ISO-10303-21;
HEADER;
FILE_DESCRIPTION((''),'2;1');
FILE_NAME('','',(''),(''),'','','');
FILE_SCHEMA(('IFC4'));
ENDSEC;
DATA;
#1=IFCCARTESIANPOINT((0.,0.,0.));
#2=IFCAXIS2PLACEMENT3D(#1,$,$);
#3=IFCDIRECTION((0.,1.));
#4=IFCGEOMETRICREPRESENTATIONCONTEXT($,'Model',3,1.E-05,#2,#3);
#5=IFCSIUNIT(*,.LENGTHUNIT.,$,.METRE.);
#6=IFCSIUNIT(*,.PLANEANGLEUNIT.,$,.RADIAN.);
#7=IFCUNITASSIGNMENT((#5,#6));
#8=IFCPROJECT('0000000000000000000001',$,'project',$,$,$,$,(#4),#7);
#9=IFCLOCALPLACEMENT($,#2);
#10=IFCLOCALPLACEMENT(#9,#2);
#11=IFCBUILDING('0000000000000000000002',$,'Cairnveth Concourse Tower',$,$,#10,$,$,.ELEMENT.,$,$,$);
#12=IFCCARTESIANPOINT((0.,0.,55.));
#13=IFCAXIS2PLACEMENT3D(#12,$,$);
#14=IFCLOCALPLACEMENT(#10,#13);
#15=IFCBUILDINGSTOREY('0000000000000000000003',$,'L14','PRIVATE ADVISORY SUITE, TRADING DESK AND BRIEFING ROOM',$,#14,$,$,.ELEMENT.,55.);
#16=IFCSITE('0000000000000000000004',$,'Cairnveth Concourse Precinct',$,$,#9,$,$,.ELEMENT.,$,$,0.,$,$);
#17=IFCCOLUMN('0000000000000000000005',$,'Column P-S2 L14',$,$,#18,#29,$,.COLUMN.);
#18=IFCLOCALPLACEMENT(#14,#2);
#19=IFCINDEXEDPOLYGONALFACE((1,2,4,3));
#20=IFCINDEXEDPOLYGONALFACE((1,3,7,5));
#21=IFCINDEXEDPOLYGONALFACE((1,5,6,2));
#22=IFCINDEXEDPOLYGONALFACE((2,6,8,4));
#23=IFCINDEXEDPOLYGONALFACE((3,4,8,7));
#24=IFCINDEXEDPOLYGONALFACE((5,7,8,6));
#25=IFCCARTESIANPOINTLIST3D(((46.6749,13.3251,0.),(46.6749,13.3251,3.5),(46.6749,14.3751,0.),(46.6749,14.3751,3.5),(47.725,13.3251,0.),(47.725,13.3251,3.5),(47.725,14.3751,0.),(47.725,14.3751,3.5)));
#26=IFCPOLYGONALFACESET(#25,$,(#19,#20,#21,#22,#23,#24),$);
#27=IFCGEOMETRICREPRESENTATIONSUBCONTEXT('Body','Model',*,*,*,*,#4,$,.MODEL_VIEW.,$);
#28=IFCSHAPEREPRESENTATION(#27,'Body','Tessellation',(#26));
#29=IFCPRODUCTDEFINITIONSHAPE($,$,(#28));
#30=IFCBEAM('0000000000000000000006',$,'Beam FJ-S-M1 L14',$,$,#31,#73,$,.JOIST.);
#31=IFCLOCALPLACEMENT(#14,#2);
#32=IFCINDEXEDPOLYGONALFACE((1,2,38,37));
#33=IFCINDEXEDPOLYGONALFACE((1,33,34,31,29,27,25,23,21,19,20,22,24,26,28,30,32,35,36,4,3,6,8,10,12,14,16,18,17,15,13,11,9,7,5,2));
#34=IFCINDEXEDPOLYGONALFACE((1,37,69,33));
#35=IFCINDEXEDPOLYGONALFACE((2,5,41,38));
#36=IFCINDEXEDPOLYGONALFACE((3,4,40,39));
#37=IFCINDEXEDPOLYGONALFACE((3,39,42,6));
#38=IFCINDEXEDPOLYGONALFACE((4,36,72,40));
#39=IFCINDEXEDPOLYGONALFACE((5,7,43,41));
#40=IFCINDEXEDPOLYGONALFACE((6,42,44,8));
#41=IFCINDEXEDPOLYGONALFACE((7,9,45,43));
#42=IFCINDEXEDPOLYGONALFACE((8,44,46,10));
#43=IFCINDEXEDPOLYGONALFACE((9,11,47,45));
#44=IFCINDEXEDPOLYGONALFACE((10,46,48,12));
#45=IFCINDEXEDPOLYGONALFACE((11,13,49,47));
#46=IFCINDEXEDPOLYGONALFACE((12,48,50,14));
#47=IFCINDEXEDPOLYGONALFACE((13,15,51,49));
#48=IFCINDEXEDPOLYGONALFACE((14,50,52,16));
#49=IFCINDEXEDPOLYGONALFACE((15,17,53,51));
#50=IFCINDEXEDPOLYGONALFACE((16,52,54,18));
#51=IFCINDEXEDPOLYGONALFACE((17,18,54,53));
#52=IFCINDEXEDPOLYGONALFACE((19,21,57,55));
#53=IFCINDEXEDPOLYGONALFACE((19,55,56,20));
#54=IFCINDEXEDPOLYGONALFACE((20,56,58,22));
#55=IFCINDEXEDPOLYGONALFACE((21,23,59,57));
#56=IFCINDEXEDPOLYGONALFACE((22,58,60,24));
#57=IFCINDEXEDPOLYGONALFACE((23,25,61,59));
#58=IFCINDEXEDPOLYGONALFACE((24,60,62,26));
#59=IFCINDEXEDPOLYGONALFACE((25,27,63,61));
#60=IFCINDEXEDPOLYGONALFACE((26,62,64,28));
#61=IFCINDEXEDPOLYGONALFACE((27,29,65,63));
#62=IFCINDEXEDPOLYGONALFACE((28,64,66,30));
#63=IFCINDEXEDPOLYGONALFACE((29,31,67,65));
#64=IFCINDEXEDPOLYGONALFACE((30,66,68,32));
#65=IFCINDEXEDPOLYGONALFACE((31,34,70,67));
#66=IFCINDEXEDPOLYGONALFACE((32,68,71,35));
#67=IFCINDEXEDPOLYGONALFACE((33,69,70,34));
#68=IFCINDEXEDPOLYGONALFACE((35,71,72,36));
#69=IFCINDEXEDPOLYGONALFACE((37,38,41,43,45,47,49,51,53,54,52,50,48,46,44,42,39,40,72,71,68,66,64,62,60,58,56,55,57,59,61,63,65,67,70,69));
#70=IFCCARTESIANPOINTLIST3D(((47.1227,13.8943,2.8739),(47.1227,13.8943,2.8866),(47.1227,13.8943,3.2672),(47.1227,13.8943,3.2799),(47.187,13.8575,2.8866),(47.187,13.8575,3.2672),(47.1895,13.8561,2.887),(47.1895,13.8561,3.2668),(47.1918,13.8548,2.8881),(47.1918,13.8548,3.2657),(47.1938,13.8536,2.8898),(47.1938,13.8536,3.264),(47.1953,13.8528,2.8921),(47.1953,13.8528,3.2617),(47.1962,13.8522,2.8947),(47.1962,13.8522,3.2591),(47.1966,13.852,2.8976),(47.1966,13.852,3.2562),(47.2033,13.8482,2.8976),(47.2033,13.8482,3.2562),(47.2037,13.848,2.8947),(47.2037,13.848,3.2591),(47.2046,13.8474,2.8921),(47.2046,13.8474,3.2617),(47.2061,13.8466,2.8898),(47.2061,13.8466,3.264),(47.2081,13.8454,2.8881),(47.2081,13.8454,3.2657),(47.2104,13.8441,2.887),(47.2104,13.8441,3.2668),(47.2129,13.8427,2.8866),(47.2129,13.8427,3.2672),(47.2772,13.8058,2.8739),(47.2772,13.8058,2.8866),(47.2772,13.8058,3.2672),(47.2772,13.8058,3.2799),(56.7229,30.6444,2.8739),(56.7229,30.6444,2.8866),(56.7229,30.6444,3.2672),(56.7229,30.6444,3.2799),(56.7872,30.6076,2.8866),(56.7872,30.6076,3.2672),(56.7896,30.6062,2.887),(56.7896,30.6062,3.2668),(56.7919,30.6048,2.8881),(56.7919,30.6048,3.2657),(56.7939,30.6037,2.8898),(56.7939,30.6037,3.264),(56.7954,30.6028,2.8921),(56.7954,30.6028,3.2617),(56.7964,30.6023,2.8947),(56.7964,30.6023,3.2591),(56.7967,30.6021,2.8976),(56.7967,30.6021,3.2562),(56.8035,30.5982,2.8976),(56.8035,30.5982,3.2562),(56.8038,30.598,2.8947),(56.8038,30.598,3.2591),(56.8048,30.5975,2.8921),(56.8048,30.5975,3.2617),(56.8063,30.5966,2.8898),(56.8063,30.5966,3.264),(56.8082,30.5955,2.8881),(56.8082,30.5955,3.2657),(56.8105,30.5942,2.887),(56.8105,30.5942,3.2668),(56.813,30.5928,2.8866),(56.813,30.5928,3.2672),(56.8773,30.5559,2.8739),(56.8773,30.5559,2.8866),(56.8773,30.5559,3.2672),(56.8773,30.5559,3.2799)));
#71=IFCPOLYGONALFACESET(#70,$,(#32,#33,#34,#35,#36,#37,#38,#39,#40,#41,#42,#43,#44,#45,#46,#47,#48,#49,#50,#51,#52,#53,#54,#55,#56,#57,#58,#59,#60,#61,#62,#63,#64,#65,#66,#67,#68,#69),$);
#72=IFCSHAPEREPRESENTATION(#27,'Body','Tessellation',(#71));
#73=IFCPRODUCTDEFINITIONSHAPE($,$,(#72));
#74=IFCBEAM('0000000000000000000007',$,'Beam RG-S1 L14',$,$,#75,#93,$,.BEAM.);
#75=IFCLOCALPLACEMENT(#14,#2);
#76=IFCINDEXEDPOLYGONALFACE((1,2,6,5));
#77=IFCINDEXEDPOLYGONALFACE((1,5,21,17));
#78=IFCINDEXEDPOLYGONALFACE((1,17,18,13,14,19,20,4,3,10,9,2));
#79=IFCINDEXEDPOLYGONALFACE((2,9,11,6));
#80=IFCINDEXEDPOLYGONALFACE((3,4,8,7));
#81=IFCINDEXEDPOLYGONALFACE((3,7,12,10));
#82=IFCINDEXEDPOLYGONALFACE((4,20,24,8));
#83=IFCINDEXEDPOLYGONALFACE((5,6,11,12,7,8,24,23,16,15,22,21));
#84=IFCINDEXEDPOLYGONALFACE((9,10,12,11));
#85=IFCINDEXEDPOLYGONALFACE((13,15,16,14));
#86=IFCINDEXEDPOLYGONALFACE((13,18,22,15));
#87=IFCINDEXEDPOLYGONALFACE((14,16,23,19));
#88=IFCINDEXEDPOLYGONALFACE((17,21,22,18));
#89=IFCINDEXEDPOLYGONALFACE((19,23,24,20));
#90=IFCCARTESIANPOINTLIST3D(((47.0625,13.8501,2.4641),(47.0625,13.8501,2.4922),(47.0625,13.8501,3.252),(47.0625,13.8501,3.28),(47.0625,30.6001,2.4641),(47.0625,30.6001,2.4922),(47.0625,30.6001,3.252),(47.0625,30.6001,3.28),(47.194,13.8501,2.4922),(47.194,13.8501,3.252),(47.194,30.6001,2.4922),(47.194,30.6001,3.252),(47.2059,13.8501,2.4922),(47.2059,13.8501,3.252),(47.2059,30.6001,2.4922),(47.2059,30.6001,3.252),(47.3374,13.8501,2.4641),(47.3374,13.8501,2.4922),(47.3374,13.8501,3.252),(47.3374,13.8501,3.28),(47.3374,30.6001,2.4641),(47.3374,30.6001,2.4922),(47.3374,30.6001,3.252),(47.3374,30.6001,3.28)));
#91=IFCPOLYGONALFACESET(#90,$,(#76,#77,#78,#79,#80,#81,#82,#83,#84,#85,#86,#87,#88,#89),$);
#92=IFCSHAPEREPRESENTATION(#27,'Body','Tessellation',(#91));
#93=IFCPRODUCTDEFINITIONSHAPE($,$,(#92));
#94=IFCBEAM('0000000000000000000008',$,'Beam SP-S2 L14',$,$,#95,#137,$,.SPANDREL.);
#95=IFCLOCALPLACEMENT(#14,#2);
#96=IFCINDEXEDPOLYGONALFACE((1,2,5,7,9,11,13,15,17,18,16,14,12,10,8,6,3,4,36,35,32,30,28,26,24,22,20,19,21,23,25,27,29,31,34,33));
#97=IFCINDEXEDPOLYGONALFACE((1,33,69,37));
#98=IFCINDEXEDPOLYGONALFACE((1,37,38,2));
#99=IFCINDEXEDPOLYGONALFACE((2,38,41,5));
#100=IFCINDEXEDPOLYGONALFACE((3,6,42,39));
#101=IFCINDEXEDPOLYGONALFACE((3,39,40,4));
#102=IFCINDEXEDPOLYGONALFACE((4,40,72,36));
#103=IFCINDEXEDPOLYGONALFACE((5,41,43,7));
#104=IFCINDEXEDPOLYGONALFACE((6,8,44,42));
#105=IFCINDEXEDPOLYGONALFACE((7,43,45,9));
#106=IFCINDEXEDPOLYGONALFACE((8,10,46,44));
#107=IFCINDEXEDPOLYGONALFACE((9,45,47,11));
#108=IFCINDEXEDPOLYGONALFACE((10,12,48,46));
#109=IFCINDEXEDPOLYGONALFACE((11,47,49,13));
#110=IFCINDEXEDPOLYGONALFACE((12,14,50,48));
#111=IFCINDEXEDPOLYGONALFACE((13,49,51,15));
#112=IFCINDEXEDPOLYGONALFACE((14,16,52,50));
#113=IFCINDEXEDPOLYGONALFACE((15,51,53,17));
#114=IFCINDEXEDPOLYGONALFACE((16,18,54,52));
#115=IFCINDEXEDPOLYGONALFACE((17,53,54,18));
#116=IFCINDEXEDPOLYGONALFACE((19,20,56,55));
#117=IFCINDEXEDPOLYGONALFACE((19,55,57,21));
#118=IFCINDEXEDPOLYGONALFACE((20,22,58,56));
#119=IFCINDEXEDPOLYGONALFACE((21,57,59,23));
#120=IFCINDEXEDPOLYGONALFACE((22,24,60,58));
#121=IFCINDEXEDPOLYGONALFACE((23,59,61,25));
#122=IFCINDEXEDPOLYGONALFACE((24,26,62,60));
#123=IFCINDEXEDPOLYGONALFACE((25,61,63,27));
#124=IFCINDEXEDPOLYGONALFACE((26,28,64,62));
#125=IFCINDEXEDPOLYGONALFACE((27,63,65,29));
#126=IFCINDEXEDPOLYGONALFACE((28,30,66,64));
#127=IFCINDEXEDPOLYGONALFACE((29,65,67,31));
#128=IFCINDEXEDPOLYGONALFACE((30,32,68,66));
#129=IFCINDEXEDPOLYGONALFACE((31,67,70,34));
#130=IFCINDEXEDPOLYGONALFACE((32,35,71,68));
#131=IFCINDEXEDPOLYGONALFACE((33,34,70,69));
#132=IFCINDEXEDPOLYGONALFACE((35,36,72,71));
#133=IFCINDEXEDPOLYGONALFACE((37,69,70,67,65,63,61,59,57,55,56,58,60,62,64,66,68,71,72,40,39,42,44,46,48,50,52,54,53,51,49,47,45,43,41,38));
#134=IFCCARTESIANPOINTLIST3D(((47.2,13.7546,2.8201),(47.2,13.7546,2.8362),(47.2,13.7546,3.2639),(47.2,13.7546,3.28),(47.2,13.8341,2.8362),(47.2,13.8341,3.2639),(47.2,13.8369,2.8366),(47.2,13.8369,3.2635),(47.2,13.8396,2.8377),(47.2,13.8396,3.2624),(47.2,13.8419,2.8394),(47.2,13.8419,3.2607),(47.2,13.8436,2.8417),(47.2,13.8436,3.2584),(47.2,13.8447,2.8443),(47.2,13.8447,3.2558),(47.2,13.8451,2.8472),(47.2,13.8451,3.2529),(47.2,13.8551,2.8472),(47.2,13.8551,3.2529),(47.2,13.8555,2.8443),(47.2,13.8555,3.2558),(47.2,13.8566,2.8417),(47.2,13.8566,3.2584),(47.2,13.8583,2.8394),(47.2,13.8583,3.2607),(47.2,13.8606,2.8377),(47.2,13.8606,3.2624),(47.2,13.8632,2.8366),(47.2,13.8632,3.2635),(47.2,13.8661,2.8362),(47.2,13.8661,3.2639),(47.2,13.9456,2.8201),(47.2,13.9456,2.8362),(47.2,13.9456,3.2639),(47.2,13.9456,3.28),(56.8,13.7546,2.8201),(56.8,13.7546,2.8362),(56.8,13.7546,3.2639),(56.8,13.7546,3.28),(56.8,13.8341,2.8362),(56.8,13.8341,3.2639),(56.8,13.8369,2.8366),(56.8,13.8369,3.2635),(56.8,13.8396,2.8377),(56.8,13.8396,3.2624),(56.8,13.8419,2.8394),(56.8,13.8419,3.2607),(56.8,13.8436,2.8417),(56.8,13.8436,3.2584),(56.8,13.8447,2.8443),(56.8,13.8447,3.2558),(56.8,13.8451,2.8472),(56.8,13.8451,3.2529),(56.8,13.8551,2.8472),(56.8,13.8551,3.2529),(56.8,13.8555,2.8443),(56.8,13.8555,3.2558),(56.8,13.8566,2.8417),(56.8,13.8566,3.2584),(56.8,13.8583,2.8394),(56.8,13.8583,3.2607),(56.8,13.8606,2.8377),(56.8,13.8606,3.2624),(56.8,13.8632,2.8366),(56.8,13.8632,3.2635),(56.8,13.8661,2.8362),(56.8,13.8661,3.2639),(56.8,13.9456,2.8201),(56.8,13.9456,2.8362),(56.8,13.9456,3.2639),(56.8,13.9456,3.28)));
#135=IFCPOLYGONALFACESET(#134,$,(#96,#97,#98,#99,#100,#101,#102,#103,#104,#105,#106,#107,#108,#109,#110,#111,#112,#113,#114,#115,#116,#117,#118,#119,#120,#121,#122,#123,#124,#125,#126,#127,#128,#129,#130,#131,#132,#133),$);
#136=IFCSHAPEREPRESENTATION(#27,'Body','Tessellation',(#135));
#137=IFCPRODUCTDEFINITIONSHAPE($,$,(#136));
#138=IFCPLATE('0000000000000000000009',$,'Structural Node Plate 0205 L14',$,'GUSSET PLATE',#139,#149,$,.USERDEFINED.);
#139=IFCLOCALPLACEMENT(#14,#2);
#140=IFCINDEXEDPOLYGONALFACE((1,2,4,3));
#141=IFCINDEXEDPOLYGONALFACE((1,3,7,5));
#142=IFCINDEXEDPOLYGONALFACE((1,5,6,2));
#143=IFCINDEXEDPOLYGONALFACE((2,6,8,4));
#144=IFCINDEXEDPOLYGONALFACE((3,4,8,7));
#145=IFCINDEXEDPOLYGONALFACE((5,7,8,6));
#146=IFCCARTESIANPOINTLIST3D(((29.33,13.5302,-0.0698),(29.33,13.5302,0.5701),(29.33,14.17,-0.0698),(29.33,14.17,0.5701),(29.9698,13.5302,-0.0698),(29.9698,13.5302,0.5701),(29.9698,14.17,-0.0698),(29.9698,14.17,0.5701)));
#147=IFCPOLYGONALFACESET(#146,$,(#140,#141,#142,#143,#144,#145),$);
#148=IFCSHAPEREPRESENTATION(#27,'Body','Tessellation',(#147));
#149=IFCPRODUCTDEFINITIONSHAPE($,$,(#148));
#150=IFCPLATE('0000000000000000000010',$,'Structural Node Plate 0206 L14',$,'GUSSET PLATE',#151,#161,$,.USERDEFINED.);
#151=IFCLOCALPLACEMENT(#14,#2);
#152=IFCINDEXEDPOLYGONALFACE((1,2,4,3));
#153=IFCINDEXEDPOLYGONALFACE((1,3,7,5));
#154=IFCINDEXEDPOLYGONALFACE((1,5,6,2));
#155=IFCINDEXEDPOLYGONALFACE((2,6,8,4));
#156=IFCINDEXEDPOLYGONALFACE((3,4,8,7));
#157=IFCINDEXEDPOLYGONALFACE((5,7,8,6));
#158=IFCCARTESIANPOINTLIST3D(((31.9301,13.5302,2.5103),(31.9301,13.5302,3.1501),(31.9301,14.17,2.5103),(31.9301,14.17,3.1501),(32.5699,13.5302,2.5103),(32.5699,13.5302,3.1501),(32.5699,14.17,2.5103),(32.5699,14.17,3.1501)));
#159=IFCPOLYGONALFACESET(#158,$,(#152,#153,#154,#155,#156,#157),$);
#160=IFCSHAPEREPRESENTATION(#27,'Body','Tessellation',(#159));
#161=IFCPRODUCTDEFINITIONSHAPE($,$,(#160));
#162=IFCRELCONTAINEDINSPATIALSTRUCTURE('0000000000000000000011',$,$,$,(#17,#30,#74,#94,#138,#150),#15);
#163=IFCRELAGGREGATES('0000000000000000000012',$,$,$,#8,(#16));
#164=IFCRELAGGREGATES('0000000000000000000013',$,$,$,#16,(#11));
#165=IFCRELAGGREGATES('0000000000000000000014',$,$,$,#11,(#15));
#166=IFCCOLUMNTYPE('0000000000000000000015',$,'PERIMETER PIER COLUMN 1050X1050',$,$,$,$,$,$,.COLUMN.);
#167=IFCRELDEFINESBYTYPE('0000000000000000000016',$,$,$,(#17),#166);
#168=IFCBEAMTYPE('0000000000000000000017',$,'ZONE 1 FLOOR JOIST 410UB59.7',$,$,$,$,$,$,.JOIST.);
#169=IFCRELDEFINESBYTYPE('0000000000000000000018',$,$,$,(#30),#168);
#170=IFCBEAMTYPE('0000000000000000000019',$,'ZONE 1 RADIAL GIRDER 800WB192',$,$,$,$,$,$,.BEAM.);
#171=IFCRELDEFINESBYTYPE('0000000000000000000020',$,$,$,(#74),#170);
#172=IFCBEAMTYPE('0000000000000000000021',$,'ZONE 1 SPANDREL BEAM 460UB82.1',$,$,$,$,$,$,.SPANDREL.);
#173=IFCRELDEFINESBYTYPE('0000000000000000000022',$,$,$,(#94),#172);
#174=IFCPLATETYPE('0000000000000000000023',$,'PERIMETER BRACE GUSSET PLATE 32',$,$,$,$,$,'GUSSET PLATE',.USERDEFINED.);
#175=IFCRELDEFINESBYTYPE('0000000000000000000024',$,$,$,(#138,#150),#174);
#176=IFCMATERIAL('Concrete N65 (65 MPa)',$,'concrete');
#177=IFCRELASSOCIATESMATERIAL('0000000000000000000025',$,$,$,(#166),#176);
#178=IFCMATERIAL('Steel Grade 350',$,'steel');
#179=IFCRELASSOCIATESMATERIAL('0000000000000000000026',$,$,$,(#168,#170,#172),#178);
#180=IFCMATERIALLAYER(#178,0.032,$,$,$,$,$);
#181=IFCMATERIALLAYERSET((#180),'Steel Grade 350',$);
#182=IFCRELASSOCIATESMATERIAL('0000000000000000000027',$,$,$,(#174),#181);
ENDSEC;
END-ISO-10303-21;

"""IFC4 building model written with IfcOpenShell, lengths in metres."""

from ifc_helpers import new_model, si_unit, direction, frame, origin, origin_2d, place, context, subcontext, project, spatial, rectangle, i_section, extrude, material, layer, layer_set, material_profile, profile_set, type_object, element, save


model = new_model("IFC4")

# Units and contexts
model_context = context("Model", 3, precision=1e-05, world=origin(), true_north=direction((0.0, 1.0)))
body_context = subcontext(model_context, "Body", "Model", "MODEL_VIEW")
ifc_project = project(units=[si_unit("LENGTHUNIT", "METRE"), si_unit("PLANEANGLEUNIT", "RADIAN")], contexts=[model_context])

# Site, building, storey
site_placement = place(None, origin())
site = spatial("IfcSite", under=ifc_project, at=site_placement, Name="Cairnveth Concourse Precinct", CompositionType="ELEMENT", RefElevation=0.0)
building_placement = place(site_placement, origin())
building = spatial("IfcBuilding", under=site, at=building_placement, Name="Cairnveth Concourse Tower", CompositionType="ELEMENT")
storey_placement = place(building_placement, frame((0.0, 0.0, 55.0)))
storey = spatial("IfcBuildingStorey", under=building, at=storey_placement, Name="L14", Description="PRIVATE ADVISORY SUITE, TRADING DESK AND BRIEFING ROOM", CompositionType="ELEMENT", Elevation=55.0)

# Column
ifc_material_1 = material(Name="Concrete N65 (65 MPa)", Category="concrete")
ifc_material_profile_1 = material_profile(ifc_material_1, rectangle(XDim=1.05, YDim=1.05, at=origin_2d()), Name="RC-COL-1050x1050")
ifc_profile_set_1 = profile_set([ifc_material_profile_1], Name="Concrete N65 (65 MPa)")
column_type = type_object("IfcColumnType", Name="PERIMETER PIER COLUMN 1050X1050", PredefinedType="COLUMN", material=ifc_profile_set_1)
column_placement = place(storey_placement, frame((47.2, 13.8501, 0.0), z_axis=(0.0, 0.0, 1.0), x_axis=(1.0, 0.0, 0.0)))
element("IfcColumn", 1, at=column_placement, inside=storey, type_object=column_type, Name="Column P-S2 L14", PredefinedType="COLUMN", context=body_context, shape_type="SweptSolid", body=[
    extrude(rectangle(XDim=1.05, YDim=1.05, at=origin_2d()), origin(), (0.0, 0.0, 1.0), 3.5),
])

# Beams
ifc_material_2 = material(Name="Steel Grade 350", Category="steel")
ifc_material_profile_2 = material_profile(ifc_material_2, i_section(OverallWidth=0.178, OverallDepth=0.406, WebThickness=0.0078, FlangeThickness=0.0127, FilletRadius=0.011, at=origin_2d()), Name="410UB59.7")
ifc_profile_set_2 = profile_set([ifc_material_profile_2], Name="Steel Grade 350")
beam_type_1 = type_object("IfcBeamType", Name="ZONE 1 FLOOR JOIST 410UB59.7", PredefinedType="JOIST", material=ifc_profile_set_2)
beam_1_placement = place(storey_placement, frame((47.2, 13.8501, 3.0769), z_axis=(0.497258, 0.867603, 0.0), x_axis=(-0.867603, 0.497258, 0.0)))
element("IfcBeam", 2, at=beam_1_placement, inside=storey, type_object=beam_type_1, Name="Beam FJ-S-M1 L14", PredefinedType="JOIST", context=body_context, shape_type="SweptSolid", body=[
    extrude(i_section(OverallWidth=0.178, OverallDepth=0.406, WebThickness=0.0078, FlangeThickness=0.0127, FilletRadius=0.011, at=origin_2d()), origin(), (0.0, 0.0, 1.0), 19.3062),
])
ifc_material_profile_3 = material_profile(ifc_material_2, i_section(OverallWidth=0.2749, OverallDepth=0.8159, WebThickness=0.012, FlangeThickness=0.0281, at=origin_2d()), Name="800WB192")
ifc_profile_set_3 = profile_set([ifc_material_profile_3], Name="Steel Grade 350")
beam_type_2 = type_object("IfcBeamType", Name="ZONE 1 RADIAL GIRDER 800WB192", PredefinedType="BEAM", material=ifc_profile_set_3)
beam_2_placement = place(storey_placement, frame((47.2, 13.8501, 2.8721), z_axis=(0.0, 1.0, 0.0), x_axis=(-1.0, 0.0, 0.0)))
element("IfcBeam", 3, at=beam_2_placement, inside=storey, type_object=beam_type_2, Name="Beam RG-S1 L14", PredefinedType="BEAM", context=body_context, shape_type="SweptSolid", body=[
    extrude(i_section(OverallWidth=0.2749, OverallDepth=0.8159, WebThickness=0.012, FlangeThickness=0.0281, at=origin_2d()), origin(), (0.0, 0.0, 1.0), 16.75),
])
ifc_material_profile_4 = material_profile(ifc_material_2, i_section(OverallWidth=0.1909, OverallDepth=0.46, WebThickness=0.01, FlangeThickness=0.0161, FilletRadius=0.011, at=origin_2d()), Name="460UB82.1")
ifc_profile_set_4 = profile_set([ifc_material_profile_4], Name="Steel Grade 350")
beam_type_3 = type_object("IfcBeamType", Name="ZONE 1 SPANDREL BEAM 460UB82.1", PredefinedType="SPANDREL", material=ifc_profile_set_4)
beam_3_placement = place(storey_placement, frame((47.2, 13.8501, 3.05), z_axis=(1.0, 0.0, 0.0), x_axis=(0.0, 1.0, 0.0)))
element("IfcBeam", 4, at=beam_3_placement, inside=storey, type_object=beam_type_3, Name="Beam SP-S2 L14", PredefinedType="SPANDREL", context=body_context, shape_type="SweptSolid", body=[
    extrude(i_section(OverallWidth=0.1909, OverallDepth=0.46, WebThickness=0.01, FlangeThickness=0.0161, FilletRadius=0.011, at=origin_2d()), origin(), (0.0, 0.0, 1.0), 9.6001),
])

# Plates
ifc_layer_1 = layer(ifc_material_2, 0.032)
ifc_layer_set_1 = layer_set([ifc_layer_1], Name="Steel Grade 350")
plate_type = type_object("IfcPlateType", Name="PERIMETER BRACE GUSSET PLATE 32", ElementType="GUSSET PLATE", PredefinedType="USERDEFINED", material=ifc_layer_set_1)
for number, where, z_axis, x_axis, name in (
    (5, (29.6499, 13.8501, -0.0698), (0.0, 0.0, 1.0), (1.0, 0.0, 0.0), "Structural Node Plate 0205 L14"),
    (6, (32.25, 13.8501, 2.5103), (0.0, 0.0, 1.0), (1.0, 0.0, 0.0), "Structural Node Plate 0206 L14"),
):
    element("IfcPlate", number, at=place(storey_placement, frame(where, z_axis=z_axis, x_axis=x_axis)), inside=storey, type_object=plate_type, Name=name, ObjectType="GUSSET PLATE", PredefinedType="USERDEFINED", context=body_context, shape_type="SweptSolid", body=[
        extrude(rectangle(XDim=0.6399, YDim=0.6399, at=origin_2d()), origin(), (0.0, 0.0, 1.0), 0.6399),
    ])

save(model, "model.ifc")
